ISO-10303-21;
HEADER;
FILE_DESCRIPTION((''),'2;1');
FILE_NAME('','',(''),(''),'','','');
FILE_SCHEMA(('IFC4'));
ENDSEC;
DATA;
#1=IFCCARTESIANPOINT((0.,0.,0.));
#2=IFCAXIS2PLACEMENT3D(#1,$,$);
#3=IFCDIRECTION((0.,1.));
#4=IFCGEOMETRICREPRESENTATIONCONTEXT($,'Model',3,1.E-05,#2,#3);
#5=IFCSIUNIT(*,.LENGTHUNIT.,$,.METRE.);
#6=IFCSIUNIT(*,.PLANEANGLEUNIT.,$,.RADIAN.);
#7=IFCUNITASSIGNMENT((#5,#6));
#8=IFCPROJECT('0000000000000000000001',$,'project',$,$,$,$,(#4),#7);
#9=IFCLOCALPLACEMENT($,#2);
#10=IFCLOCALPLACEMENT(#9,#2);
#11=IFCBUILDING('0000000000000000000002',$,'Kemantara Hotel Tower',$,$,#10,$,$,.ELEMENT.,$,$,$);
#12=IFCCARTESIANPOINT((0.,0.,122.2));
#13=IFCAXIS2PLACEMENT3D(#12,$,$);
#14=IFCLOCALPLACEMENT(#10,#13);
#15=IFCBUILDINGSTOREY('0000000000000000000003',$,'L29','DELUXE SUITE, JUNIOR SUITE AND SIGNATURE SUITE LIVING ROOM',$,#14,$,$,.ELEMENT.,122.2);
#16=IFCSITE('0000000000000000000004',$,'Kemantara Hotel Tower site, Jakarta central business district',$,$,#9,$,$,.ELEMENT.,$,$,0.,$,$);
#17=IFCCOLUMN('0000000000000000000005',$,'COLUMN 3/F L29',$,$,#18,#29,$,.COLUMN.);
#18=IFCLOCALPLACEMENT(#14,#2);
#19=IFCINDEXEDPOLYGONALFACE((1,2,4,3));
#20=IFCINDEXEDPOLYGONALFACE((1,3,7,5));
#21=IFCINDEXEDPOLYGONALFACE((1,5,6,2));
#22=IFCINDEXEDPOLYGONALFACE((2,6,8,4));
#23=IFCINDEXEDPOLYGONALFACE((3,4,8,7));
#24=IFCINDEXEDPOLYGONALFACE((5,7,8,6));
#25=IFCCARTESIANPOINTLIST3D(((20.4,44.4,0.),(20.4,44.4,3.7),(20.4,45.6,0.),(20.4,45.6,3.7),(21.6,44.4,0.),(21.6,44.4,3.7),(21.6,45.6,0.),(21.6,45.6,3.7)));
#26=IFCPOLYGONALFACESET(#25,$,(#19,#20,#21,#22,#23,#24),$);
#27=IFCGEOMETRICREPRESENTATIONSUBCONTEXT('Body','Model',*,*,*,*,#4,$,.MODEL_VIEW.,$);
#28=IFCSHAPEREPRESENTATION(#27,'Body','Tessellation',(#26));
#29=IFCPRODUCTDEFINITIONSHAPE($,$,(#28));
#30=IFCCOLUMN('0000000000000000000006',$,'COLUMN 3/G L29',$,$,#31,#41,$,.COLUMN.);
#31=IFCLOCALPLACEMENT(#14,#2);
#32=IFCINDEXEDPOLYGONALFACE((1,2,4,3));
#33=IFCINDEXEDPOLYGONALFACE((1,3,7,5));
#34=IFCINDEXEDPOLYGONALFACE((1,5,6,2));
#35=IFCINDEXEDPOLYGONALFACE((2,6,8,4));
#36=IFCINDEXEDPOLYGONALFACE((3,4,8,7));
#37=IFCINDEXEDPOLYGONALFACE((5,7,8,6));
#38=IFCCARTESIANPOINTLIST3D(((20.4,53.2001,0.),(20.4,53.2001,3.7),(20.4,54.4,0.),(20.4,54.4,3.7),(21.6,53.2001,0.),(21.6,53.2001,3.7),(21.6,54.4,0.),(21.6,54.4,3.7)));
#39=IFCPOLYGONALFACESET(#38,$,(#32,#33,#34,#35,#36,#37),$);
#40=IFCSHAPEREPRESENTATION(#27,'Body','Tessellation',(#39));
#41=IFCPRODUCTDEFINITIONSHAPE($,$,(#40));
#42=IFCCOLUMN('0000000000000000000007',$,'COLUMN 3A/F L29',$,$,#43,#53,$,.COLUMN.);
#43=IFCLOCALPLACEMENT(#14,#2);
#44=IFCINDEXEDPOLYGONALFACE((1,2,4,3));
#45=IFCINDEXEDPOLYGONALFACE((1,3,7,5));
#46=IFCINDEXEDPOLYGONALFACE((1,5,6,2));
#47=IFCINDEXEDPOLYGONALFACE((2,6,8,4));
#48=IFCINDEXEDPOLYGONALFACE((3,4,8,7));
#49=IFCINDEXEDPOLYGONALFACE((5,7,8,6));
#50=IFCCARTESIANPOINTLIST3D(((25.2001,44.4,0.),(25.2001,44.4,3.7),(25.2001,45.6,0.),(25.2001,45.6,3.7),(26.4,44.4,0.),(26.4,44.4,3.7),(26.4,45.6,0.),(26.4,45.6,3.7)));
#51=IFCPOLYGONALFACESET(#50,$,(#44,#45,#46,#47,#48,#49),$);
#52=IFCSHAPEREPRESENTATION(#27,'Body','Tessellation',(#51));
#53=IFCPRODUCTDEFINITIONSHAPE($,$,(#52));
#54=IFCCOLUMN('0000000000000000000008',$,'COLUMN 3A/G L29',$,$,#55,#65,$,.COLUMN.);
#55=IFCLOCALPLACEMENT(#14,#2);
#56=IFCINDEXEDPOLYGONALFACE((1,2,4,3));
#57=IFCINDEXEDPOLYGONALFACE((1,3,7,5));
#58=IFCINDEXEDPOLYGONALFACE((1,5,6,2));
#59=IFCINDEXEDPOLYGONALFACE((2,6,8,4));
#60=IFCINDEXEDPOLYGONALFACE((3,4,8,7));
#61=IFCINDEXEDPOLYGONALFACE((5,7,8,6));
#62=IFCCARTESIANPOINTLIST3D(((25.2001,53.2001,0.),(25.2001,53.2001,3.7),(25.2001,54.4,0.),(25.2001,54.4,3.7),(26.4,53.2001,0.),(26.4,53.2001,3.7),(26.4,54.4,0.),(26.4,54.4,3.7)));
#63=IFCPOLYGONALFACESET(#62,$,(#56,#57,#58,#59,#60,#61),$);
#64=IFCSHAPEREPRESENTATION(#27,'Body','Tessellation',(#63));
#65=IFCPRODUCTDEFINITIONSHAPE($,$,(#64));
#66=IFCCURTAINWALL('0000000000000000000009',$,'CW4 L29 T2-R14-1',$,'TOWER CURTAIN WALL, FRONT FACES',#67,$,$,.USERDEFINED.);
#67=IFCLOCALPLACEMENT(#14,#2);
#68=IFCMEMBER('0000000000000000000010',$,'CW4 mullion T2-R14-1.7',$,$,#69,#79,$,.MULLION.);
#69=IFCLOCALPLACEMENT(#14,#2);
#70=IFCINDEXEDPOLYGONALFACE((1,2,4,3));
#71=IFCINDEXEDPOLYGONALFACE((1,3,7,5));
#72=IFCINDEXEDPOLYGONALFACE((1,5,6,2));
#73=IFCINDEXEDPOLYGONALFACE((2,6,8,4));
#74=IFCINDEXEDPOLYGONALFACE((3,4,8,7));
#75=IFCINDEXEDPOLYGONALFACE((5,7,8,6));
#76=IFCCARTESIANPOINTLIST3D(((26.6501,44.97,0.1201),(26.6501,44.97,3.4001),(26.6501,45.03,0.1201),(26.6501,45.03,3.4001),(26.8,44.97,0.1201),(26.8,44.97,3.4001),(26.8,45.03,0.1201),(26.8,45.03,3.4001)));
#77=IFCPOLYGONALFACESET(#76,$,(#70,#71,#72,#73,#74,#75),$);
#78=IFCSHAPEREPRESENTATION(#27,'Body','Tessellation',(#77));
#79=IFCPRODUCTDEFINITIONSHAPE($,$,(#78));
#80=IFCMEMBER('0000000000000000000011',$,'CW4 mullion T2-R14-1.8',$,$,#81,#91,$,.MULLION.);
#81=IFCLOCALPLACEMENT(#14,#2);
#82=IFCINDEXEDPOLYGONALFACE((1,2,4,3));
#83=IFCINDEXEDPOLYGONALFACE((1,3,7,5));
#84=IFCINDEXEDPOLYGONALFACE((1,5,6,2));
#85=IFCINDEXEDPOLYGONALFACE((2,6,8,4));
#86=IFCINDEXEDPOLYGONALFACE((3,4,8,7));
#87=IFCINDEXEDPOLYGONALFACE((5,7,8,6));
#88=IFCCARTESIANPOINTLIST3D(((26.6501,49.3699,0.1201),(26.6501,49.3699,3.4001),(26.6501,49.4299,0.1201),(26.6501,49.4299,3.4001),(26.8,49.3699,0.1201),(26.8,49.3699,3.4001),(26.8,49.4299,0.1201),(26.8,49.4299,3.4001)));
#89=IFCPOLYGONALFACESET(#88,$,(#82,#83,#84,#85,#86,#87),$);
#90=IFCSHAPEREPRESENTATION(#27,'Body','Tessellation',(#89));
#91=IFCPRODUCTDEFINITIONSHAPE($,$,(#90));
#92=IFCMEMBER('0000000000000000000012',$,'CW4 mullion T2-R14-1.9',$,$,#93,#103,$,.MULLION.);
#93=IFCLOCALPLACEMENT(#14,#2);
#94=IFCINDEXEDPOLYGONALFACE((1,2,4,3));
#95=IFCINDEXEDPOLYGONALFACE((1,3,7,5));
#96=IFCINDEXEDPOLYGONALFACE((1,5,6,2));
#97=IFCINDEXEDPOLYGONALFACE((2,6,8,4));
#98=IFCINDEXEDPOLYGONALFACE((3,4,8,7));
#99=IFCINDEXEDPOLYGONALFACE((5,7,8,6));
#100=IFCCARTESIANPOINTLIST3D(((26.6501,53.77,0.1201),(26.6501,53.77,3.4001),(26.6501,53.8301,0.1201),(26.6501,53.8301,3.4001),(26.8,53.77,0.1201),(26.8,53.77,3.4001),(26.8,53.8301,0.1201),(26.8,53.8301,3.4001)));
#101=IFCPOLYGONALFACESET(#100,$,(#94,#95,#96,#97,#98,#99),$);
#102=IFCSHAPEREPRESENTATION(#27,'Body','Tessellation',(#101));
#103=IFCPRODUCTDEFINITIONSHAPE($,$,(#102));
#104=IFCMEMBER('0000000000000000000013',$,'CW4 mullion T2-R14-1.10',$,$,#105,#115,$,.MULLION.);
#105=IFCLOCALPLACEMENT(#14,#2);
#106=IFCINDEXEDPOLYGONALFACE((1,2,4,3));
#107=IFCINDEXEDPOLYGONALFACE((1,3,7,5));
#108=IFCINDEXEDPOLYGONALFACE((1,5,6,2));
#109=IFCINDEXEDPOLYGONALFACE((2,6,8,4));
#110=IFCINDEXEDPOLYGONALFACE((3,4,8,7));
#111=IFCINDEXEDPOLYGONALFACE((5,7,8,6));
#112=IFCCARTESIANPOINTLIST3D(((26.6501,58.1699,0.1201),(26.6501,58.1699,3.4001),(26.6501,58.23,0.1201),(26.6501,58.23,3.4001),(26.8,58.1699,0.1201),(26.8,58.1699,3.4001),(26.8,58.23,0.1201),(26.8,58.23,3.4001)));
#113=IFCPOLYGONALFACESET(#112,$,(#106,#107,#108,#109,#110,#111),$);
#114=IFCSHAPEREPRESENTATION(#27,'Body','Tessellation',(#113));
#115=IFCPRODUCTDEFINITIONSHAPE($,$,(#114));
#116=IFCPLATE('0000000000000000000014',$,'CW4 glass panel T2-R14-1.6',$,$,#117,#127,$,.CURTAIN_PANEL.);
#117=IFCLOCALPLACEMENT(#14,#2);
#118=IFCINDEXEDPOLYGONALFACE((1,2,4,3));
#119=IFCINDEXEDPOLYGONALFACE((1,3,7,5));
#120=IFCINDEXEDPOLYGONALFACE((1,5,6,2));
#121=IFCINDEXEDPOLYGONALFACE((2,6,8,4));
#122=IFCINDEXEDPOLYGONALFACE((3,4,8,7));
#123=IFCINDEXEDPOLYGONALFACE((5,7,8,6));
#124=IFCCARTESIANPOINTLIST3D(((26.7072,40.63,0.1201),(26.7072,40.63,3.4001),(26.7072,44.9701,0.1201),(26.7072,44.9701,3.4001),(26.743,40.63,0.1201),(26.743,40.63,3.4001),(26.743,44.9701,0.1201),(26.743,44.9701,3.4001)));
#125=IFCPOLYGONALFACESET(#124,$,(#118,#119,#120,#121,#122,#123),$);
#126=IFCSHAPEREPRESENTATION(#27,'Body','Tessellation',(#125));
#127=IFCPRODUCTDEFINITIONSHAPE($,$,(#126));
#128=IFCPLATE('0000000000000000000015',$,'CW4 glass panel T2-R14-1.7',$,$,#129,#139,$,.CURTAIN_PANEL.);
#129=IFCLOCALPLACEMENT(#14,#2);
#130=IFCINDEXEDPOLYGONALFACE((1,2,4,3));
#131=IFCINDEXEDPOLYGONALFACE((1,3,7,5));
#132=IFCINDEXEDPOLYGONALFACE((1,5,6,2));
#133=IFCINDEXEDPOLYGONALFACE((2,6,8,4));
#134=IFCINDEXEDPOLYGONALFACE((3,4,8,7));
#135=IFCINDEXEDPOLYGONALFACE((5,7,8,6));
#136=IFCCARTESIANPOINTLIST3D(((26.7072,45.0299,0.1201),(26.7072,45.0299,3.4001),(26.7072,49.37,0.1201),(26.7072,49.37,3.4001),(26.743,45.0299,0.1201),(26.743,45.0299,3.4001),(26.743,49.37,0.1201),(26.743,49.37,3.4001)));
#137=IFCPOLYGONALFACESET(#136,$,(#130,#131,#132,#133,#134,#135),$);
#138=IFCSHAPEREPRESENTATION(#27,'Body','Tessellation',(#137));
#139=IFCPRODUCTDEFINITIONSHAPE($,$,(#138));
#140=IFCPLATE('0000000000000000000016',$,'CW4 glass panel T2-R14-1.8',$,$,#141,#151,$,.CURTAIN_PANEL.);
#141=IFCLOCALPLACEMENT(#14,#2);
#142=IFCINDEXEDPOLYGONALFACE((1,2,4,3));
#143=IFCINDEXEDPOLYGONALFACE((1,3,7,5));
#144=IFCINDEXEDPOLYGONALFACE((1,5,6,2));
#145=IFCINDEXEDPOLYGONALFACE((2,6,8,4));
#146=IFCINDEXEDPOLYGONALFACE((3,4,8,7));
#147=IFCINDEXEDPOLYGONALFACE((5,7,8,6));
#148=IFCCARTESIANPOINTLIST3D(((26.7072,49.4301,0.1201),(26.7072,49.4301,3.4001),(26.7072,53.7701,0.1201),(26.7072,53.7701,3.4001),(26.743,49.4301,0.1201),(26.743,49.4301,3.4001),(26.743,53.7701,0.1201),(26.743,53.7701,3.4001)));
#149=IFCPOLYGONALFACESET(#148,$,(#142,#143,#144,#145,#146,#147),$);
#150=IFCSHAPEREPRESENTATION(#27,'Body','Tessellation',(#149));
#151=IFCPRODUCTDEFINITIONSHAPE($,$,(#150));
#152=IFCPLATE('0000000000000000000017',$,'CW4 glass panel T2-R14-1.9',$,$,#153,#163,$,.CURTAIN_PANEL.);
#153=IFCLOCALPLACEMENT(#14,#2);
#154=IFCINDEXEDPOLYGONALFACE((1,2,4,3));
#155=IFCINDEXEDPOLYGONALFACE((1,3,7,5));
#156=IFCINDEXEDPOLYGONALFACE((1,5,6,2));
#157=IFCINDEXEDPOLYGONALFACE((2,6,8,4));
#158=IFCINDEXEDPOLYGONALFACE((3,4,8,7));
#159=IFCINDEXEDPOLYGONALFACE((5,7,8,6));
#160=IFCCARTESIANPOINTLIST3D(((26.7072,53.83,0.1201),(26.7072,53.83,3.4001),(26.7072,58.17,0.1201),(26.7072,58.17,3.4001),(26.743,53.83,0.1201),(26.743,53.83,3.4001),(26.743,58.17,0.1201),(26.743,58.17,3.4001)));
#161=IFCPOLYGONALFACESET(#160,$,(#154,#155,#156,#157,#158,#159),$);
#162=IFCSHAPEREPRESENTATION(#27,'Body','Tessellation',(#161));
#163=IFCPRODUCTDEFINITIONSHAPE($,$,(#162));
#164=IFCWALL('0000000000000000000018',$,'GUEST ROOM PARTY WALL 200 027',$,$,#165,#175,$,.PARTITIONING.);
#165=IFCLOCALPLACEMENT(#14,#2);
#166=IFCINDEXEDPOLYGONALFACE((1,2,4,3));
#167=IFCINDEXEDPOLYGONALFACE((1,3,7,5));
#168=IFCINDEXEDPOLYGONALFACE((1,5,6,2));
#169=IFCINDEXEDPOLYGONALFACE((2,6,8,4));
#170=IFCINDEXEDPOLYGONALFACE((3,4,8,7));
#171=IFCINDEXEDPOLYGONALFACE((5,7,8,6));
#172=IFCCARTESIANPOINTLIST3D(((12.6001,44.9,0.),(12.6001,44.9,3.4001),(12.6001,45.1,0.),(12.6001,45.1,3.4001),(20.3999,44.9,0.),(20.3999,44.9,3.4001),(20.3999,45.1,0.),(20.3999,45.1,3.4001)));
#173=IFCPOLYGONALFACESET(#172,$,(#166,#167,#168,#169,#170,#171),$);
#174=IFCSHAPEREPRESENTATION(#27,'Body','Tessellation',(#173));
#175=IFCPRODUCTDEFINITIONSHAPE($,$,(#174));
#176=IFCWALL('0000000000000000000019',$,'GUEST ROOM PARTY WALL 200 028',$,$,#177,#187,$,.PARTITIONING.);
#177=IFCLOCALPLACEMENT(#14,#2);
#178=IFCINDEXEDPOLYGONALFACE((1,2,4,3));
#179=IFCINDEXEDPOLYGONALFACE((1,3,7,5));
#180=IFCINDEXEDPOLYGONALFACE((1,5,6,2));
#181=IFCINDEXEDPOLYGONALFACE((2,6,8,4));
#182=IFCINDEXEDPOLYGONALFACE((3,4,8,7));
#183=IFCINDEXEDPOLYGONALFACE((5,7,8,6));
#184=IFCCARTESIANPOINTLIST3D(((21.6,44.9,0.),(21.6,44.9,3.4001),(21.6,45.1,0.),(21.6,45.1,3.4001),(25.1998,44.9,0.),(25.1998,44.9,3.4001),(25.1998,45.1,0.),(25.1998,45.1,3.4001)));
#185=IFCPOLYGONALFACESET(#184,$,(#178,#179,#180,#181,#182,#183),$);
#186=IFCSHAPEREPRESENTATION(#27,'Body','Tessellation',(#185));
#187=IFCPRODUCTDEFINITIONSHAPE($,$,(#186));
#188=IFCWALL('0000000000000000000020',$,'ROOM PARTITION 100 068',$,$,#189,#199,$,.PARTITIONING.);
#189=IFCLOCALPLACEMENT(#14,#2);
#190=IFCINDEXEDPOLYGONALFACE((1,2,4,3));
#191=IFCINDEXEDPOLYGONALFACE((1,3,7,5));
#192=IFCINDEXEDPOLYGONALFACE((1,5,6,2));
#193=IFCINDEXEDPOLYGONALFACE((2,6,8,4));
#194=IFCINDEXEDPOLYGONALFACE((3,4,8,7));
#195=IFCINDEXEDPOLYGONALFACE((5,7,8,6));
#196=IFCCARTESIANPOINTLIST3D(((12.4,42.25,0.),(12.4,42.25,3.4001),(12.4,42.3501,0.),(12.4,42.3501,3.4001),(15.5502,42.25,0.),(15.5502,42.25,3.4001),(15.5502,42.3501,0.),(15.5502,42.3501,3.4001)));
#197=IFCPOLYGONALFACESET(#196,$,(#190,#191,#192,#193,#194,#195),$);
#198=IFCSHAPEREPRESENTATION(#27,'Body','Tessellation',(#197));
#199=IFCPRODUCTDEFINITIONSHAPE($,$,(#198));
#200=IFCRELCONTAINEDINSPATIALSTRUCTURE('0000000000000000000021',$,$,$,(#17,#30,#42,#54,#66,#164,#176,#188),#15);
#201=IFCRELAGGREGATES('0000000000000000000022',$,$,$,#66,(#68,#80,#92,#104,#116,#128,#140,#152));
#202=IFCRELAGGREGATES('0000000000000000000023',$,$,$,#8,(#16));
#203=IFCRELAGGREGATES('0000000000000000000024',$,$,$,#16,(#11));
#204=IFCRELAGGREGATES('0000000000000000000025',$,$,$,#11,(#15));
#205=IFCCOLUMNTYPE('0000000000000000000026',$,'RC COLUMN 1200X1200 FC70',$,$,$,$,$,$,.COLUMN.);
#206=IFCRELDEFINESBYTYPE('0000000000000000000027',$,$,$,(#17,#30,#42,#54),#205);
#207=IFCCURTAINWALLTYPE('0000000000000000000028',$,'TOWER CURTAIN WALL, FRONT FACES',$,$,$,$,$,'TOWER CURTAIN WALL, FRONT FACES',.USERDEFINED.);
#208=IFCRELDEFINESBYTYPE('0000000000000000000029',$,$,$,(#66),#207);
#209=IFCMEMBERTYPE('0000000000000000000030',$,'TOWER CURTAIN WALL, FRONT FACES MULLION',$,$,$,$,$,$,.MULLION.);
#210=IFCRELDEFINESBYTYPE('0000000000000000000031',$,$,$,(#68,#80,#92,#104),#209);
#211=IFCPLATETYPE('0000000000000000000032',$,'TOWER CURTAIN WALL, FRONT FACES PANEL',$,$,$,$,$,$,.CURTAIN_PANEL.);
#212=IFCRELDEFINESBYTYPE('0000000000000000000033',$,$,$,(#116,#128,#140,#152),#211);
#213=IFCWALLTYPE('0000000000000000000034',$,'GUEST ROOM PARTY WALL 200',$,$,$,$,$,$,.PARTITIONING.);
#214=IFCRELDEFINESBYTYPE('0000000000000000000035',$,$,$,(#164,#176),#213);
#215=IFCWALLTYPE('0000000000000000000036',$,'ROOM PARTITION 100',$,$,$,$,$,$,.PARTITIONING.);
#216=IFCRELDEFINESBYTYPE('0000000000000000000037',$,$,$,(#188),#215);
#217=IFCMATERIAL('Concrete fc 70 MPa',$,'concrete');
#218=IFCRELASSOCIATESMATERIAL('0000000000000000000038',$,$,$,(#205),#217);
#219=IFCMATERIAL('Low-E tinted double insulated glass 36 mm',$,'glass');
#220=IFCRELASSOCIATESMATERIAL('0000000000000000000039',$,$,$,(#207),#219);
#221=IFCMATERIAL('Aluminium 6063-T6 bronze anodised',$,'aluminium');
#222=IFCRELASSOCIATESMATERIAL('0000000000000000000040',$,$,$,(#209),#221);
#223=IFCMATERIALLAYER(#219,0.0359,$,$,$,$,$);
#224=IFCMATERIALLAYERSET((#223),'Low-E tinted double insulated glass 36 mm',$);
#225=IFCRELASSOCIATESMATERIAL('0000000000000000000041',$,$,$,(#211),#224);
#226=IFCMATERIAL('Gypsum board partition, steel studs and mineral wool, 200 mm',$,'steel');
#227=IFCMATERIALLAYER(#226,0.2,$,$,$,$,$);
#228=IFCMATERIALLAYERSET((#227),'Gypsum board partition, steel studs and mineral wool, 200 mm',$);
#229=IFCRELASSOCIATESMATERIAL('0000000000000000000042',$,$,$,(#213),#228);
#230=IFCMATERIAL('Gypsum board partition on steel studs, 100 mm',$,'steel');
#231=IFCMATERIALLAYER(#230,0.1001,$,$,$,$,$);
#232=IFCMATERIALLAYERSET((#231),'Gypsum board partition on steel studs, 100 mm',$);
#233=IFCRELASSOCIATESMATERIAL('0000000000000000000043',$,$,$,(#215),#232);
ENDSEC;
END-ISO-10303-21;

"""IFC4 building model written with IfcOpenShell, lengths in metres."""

from ifc_helpers import new_model, si_unit, direction, frame, frame_2d, origin, origin_2d, place, context, subcontext, project, spatial, rectangle, extrude, source, transform, mapped, material, layer, layer_set, material_profile, profile_set, type_object, element, aggregate, save


model = new_model("IFC4")

# Units and contexts
model_context = context("Model", 3, precision=1e-05, world=origin(), true_north=direction((0.0, 1.0)))
body_context = subcontext(model_context, "Body", "Model", "MODEL_VIEW")
ifc_project = project(units=[si_unit("LENGTHUNIT", "METRE"), si_unit("PLANEANGLEUNIT", "RADIAN")], contexts=[model_context])

# Site, building, storey
site_placement = place(None, origin())
site = spatial("IfcSite", under=ifc_project, at=site_placement, Name="Kemantara Hotel Tower site, Jakarta central business district", CompositionType="ELEMENT", RefElevation=0.0)
building_placement = place(site_placement, origin())
building = spatial("IfcBuilding", under=site, at=building_placement, Name="Kemantara Hotel Tower", CompositionType="ELEMENT")
storey_placement = place(building_placement, frame((0.0, 0.0, 122.2)))
storey = spatial("IfcBuildingStorey", under=building, at=storey_placement, Name="L29", Description="DELUXE SUITE, JUNIOR SUITE AND SIGNATURE SUITE LIVING ROOM", CompositionType="ELEMENT", Elevation=122.2)

# Columns
ifc_material_1 = material(Name="Concrete fc 70 MPa", Category="concrete")
ifc_material_profile_1 = material_profile(ifc_material_1, rectangle(XDim=1.2, YDim=1.2, at=origin_2d()), Name="RC 1200X1200")
ifc_profile_set_1 = profile_set([ifc_material_profile_1], Name="Concrete fc 70 MPa")
column_type = type_object("IfcColumnType", Name="RC COLUMN 1200X1200 FC70", PredefinedType="COLUMN", material=ifc_profile_set_1)
for number, where, z_axis, x_axis, name in (
    (1, (21.0, 45.0, 0.0), (0.0, 0.0, 1.0), (1.0, 0.0, 0.0), "COLUMN 3/F L29"),
    (2, (21.0, 53.8, 0.0), (0.0, 0.0, 1.0), (1.0, 0.0, 0.0), "COLUMN 3/G L29"),
    (3, (25.8, 45.0, 0.0), (0.0, 0.0, 1.0), (1.0, 0.0, 0.0), "COLUMN 3A/F L29"),
    (4, (25.8, 53.8, 0.0), (0.0, 0.0, 1.0), (1.0, 0.0, 0.0), "COLUMN 3A/G L29"),
):
    element("IfcColumn", number, at=place(storey_placement, frame(where, z_axis=z_axis, x_axis=x_axis)), inside=storey, type_object=column_type, Name=name, PredefinedType="COLUMN", context=body_context, shape_type="SweptSolid", body=[
        extrude(rectangle(XDim=1.2, YDim=1.2, at=origin_2d()), origin(), (0.0, 0.0, 1.0), 3.7),
    ])

# Curtain wall, members, plates
ifc_material_2 = material(Name="Low-E tinted double insulated glass 36 mm", Category="glass")
curtain_wall_type = type_object("IfcCurtainWallType", Name="TOWER CURTAIN WALL, FRONT FACES", ElementType="TOWER CURTAIN WALL, FRONT FACES", PredefinedType="USERDEFINED", material=ifc_material_2)
curtain_wall_placement = place(storey_placement, origin())
curtain_wall = element("IfcCurtainWall", 5, at=curtain_wall_placement, inside=storey, type_object=curtain_wall_type, Name="CW4 L29 T2-R14-1", ObjectType="TOWER CURTAIN WALL, FRONT FACES", PredefinedType="USERDEFINED")
ifc_material_3 = material(Name="Aluminium 6063-T6 bronze anodised", Category="aluminium")
ifc_material_profile_2 = material_profile(ifc_material_3, rectangle(XDim=0.1499, YDim=0.0601, at=origin_2d()), Name="TOWER CURTAIN WALL, FRONT FACES MULLION")
ifc_profile_set_2 = profile_set([ifc_material_profile_2], Name="Aluminium 6063-T6 bronze anodised")
member_type = type_object("IfcMemberType", Name="TOWER CURTAIN WALL, FRONT FACES MULLION", PredefinedType="MULLION", material=ifc_profile_set_2)
shared_shape_1 = source(origin(), body_context, "Body", "SweptSolid", [
    extrude(rectangle(XDim=0.1499, YDim=0.0601, at=origin_2d()), origin(), (0.0, 0.0, 1.0), 3.28),
])
member_1_placement = place(storey_placement, frame((26.7251, 45.0, 0.1201), z_axis=(0.0, 0.0, 1.0), x_axis=(-1.0, 0.0, 0.0)))
member_1 = element("IfcMember", 6, at=member_1_placement, type_object=member_type, Name="CW4 mullion T2-R14-1.7", PredefinedType="MULLION", context=body_context, shape_type="MappedRepresentation", body=[
    mapped(shared_shape_1, transform((0.0, 0.0, 0.0))),
])
member_2_placement = place(storey_placement, frame((26.7251, 49.3999, 0.1201), z_axis=(0.0, 0.0, 1.0), x_axis=(-1.0, 0.0, 0.0)))
member_2 = element("IfcMember", 7, at=member_2_placement, type_object=member_type, Name="CW4 mullion T2-R14-1.8", PredefinedType="MULLION", context=body_context, shape_type="MappedRepresentation", body=[
    mapped(shared_shape_1, transform((0.0, 0.0, 0.0))),
])
member_3_placement = place(storey_placement, frame((26.7251, 53.8, 0.1201), z_axis=(0.0, 0.0, 1.0), x_axis=(-1.0, 0.0, 0.0)))
member_3 = element("IfcMember", 8, at=member_3_placement, type_object=member_type, Name="CW4 mullion T2-R14-1.9", PredefinedType="MULLION", context=body_context, shape_type="MappedRepresentation", body=[
    mapped(shared_shape_1, transform((0.0, 0.0, 0.0))),
])
member_4_placement = place(storey_placement, frame((26.7251, 58.2, 0.1201), z_axis=(0.0, 0.0, 1.0), x_axis=(-1.0, 0.0, 0.0)))
member_4 = element("IfcMember", 9, at=member_4_placement, type_object=member_type, Name="CW4 mullion T2-R14-1.10", PredefinedType="MULLION", context=body_context, shape_type="MappedRepresentation", body=[
    mapped(shared_shape_1, transform((0.0, 0.0, 0.0))),
])
ifc_layer_1 = layer(ifc_material_2, 0.0359)
ifc_layer_set_1 = layer_set([ifc_layer_1], Name="Low-E tinted double insulated glass 36 mm")
plate_type = type_object("IfcPlateType", Name="TOWER CURTAIN WALL, FRONT FACES PANEL", PredefinedType="CURTAIN_PANEL", material=ifc_layer_set_1)
shared_shape_2 = source(origin(), body_context, "Body", "SweptSolid", [
    extrude(rectangle(XDim=4.3401, YDim=0.0359, at=origin_2d()), origin(), (0.0, 0.0, 1.0), 3.28),
])
plate_1_placement = place(storey_placement, frame((26.7251, 42.8, 0.1201), z_axis=(0.0, 0.0, 1.0), x_axis=(0.0, 1.0, 0.0)))
plate_1 = element("IfcPlate", 10, at=plate_1_placement, type_object=plate_type, Name="CW4 glass panel T2-R14-1.6", PredefinedType="CURTAIN_PANEL", context=body_context, shape_type="MappedRepresentation", body=[
    mapped(shared_shape_2, transform((0.0, 0.0, 0.0))),
])
plate_2_placement = place(storey_placement, frame((26.7251, 47.2, 0.1201), z_axis=(0.0, 0.0, 1.0), x_axis=(0.0, 1.0, 0.0)))
plate_2 = element("IfcPlate", 11, at=plate_2_placement, type_object=plate_type, Name="CW4 glass panel T2-R14-1.7", PredefinedType="CURTAIN_PANEL", context=body_context, shape_type="MappedRepresentation", body=[
    mapped(shared_shape_2, transform((0.0, 0.0, 0.0))),
])
plate_3_placement = place(storey_placement, frame((26.7251, 51.6001, 0.1201), z_axis=(0.0, 0.0, 1.0), x_axis=(0.0, 1.0, 0.0)))
plate_3 = element("IfcPlate", 12, at=plate_3_placement, type_object=plate_type, Name="CW4 glass panel T2-R14-1.8", PredefinedType="CURTAIN_PANEL", context=body_context, shape_type="MappedRepresentation", body=[
    mapped(shared_shape_2, transform((0.0, 0.0, 0.0))),
])
plate_4_placement = place(storey_placement, frame((26.7251, 56.0, 0.1201), z_axis=(0.0, 0.0, 1.0), x_axis=(0.0, 1.0, 0.0)))
plate_4 = element("IfcPlate", 13, at=plate_4_placement, type_object=plate_type, Name="CW4 glass panel T2-R14-1.9", PredefinedType="CURTAIN_PANEL", context=body_context, shape_type="MappedRepresentation", body=[
    mapped(shared_shape_2, transform((0.0, 0.0, 0.0))),
])
aggregate(curtain_wall, [member_1, member_2, member_3, member_4, plate_1, plate_2, plate_3, plate_4])

# Walls
ifc_material_4 = material(Name="Gypsum board partition, steel studs and mineral wool, 200 mm", Category="steel")
ifc_layer_2 = layer(ifc_material_4, 0.2)
ifc_layer_set_2 = layer_set([ifc_layer_2], Name="Gypsum board partition, steel studs and mineral wool, 200 mm")
wall_type_1 = type_object("IfcWallType", Name="GUEST ROOM PARTY WALL 200", PredefinedType="PARTITIONING", material=ifc_layer_set_2)
wall_1_placement = place(storey_placement, frame((12.6001, 45.0, 0.0), z_axis=(0.0, 0.0, 1.0), x_axis=(1.0, 0.0, 0.0)))
element("IfcWall", 14, at=wall_1_placement, inside=storey, type_object=wall_type_1, Name="GUEST ROOM PARTY WALL 200 027", PredefinedType="PARTITIONING", context=body_context, shape_type="SweptSolid", body=[
    extrude(rectangle(XDim=7.7998, YDim=0.2, at=frame_2d((3.8999, 0.0))), origin(), (0.0, 0.0, 1.0), 3.4001),
])
wall_2_placement = place(storey_placement, frame((21.6001, 45.0, 0.0), z_axis=(0.0, 0.0, 1.0), x_axis=(1.0, 0.0, 0.0)))
element("IfcWall", 15, at=wall_2_placement, inside=storey, type_object=wall_type_1, Name="GUEST ROOM PARTY WALL 200 028", PredefinedType="PARTITIONING", context=body_context, shape_type="SweptSolid", body=[
    extrude(rectangle(XDim=3.5999, YDim=0.2, at=frame_2d((1.7998, 0.0))), origin(), (0.0, 0.0, 1.0), 3.4001),
])
ifc_material_5 = material(Name="Gypsum board partition on steel studs, 100 mm", Category="steel")
ifc_layer_3 = layer(ifc_material_5, 0.1001)
ifc_layer_set_3 = layer_set([ifc_layer_3], Name="Gypsum board partition on steel studs, 100 mm")
wall_type_2 = type_object("IfcWallType", Name="ROOM PARTITION 100", PredefinedType="PARTITIONING", material=ifc_layer_set_3)
wall_3_placement = place(storey_placement, frame((12.3999, 42.3, 0.0), z_axis=(0.0, 0.0, 1.0), x_axis=(1.0, 0.0, 0.0)))
element("IfcWall", 16, at=wall_3_placement, inside=storey, type_object=wall_type_2, Name="ROOM PARTITION 100 068", PredefinedType="PARTITIONING", context=body_context, shape_type="SweptSolid", body=[
    extrude(rectangle(XDim=3.1501, YDim=0.1001, at=frame_2d((1.5752, 0.0))), origin(), (0.0, 0.0, 1.0), 3.4001),
])

save(model, "model.ifc")
